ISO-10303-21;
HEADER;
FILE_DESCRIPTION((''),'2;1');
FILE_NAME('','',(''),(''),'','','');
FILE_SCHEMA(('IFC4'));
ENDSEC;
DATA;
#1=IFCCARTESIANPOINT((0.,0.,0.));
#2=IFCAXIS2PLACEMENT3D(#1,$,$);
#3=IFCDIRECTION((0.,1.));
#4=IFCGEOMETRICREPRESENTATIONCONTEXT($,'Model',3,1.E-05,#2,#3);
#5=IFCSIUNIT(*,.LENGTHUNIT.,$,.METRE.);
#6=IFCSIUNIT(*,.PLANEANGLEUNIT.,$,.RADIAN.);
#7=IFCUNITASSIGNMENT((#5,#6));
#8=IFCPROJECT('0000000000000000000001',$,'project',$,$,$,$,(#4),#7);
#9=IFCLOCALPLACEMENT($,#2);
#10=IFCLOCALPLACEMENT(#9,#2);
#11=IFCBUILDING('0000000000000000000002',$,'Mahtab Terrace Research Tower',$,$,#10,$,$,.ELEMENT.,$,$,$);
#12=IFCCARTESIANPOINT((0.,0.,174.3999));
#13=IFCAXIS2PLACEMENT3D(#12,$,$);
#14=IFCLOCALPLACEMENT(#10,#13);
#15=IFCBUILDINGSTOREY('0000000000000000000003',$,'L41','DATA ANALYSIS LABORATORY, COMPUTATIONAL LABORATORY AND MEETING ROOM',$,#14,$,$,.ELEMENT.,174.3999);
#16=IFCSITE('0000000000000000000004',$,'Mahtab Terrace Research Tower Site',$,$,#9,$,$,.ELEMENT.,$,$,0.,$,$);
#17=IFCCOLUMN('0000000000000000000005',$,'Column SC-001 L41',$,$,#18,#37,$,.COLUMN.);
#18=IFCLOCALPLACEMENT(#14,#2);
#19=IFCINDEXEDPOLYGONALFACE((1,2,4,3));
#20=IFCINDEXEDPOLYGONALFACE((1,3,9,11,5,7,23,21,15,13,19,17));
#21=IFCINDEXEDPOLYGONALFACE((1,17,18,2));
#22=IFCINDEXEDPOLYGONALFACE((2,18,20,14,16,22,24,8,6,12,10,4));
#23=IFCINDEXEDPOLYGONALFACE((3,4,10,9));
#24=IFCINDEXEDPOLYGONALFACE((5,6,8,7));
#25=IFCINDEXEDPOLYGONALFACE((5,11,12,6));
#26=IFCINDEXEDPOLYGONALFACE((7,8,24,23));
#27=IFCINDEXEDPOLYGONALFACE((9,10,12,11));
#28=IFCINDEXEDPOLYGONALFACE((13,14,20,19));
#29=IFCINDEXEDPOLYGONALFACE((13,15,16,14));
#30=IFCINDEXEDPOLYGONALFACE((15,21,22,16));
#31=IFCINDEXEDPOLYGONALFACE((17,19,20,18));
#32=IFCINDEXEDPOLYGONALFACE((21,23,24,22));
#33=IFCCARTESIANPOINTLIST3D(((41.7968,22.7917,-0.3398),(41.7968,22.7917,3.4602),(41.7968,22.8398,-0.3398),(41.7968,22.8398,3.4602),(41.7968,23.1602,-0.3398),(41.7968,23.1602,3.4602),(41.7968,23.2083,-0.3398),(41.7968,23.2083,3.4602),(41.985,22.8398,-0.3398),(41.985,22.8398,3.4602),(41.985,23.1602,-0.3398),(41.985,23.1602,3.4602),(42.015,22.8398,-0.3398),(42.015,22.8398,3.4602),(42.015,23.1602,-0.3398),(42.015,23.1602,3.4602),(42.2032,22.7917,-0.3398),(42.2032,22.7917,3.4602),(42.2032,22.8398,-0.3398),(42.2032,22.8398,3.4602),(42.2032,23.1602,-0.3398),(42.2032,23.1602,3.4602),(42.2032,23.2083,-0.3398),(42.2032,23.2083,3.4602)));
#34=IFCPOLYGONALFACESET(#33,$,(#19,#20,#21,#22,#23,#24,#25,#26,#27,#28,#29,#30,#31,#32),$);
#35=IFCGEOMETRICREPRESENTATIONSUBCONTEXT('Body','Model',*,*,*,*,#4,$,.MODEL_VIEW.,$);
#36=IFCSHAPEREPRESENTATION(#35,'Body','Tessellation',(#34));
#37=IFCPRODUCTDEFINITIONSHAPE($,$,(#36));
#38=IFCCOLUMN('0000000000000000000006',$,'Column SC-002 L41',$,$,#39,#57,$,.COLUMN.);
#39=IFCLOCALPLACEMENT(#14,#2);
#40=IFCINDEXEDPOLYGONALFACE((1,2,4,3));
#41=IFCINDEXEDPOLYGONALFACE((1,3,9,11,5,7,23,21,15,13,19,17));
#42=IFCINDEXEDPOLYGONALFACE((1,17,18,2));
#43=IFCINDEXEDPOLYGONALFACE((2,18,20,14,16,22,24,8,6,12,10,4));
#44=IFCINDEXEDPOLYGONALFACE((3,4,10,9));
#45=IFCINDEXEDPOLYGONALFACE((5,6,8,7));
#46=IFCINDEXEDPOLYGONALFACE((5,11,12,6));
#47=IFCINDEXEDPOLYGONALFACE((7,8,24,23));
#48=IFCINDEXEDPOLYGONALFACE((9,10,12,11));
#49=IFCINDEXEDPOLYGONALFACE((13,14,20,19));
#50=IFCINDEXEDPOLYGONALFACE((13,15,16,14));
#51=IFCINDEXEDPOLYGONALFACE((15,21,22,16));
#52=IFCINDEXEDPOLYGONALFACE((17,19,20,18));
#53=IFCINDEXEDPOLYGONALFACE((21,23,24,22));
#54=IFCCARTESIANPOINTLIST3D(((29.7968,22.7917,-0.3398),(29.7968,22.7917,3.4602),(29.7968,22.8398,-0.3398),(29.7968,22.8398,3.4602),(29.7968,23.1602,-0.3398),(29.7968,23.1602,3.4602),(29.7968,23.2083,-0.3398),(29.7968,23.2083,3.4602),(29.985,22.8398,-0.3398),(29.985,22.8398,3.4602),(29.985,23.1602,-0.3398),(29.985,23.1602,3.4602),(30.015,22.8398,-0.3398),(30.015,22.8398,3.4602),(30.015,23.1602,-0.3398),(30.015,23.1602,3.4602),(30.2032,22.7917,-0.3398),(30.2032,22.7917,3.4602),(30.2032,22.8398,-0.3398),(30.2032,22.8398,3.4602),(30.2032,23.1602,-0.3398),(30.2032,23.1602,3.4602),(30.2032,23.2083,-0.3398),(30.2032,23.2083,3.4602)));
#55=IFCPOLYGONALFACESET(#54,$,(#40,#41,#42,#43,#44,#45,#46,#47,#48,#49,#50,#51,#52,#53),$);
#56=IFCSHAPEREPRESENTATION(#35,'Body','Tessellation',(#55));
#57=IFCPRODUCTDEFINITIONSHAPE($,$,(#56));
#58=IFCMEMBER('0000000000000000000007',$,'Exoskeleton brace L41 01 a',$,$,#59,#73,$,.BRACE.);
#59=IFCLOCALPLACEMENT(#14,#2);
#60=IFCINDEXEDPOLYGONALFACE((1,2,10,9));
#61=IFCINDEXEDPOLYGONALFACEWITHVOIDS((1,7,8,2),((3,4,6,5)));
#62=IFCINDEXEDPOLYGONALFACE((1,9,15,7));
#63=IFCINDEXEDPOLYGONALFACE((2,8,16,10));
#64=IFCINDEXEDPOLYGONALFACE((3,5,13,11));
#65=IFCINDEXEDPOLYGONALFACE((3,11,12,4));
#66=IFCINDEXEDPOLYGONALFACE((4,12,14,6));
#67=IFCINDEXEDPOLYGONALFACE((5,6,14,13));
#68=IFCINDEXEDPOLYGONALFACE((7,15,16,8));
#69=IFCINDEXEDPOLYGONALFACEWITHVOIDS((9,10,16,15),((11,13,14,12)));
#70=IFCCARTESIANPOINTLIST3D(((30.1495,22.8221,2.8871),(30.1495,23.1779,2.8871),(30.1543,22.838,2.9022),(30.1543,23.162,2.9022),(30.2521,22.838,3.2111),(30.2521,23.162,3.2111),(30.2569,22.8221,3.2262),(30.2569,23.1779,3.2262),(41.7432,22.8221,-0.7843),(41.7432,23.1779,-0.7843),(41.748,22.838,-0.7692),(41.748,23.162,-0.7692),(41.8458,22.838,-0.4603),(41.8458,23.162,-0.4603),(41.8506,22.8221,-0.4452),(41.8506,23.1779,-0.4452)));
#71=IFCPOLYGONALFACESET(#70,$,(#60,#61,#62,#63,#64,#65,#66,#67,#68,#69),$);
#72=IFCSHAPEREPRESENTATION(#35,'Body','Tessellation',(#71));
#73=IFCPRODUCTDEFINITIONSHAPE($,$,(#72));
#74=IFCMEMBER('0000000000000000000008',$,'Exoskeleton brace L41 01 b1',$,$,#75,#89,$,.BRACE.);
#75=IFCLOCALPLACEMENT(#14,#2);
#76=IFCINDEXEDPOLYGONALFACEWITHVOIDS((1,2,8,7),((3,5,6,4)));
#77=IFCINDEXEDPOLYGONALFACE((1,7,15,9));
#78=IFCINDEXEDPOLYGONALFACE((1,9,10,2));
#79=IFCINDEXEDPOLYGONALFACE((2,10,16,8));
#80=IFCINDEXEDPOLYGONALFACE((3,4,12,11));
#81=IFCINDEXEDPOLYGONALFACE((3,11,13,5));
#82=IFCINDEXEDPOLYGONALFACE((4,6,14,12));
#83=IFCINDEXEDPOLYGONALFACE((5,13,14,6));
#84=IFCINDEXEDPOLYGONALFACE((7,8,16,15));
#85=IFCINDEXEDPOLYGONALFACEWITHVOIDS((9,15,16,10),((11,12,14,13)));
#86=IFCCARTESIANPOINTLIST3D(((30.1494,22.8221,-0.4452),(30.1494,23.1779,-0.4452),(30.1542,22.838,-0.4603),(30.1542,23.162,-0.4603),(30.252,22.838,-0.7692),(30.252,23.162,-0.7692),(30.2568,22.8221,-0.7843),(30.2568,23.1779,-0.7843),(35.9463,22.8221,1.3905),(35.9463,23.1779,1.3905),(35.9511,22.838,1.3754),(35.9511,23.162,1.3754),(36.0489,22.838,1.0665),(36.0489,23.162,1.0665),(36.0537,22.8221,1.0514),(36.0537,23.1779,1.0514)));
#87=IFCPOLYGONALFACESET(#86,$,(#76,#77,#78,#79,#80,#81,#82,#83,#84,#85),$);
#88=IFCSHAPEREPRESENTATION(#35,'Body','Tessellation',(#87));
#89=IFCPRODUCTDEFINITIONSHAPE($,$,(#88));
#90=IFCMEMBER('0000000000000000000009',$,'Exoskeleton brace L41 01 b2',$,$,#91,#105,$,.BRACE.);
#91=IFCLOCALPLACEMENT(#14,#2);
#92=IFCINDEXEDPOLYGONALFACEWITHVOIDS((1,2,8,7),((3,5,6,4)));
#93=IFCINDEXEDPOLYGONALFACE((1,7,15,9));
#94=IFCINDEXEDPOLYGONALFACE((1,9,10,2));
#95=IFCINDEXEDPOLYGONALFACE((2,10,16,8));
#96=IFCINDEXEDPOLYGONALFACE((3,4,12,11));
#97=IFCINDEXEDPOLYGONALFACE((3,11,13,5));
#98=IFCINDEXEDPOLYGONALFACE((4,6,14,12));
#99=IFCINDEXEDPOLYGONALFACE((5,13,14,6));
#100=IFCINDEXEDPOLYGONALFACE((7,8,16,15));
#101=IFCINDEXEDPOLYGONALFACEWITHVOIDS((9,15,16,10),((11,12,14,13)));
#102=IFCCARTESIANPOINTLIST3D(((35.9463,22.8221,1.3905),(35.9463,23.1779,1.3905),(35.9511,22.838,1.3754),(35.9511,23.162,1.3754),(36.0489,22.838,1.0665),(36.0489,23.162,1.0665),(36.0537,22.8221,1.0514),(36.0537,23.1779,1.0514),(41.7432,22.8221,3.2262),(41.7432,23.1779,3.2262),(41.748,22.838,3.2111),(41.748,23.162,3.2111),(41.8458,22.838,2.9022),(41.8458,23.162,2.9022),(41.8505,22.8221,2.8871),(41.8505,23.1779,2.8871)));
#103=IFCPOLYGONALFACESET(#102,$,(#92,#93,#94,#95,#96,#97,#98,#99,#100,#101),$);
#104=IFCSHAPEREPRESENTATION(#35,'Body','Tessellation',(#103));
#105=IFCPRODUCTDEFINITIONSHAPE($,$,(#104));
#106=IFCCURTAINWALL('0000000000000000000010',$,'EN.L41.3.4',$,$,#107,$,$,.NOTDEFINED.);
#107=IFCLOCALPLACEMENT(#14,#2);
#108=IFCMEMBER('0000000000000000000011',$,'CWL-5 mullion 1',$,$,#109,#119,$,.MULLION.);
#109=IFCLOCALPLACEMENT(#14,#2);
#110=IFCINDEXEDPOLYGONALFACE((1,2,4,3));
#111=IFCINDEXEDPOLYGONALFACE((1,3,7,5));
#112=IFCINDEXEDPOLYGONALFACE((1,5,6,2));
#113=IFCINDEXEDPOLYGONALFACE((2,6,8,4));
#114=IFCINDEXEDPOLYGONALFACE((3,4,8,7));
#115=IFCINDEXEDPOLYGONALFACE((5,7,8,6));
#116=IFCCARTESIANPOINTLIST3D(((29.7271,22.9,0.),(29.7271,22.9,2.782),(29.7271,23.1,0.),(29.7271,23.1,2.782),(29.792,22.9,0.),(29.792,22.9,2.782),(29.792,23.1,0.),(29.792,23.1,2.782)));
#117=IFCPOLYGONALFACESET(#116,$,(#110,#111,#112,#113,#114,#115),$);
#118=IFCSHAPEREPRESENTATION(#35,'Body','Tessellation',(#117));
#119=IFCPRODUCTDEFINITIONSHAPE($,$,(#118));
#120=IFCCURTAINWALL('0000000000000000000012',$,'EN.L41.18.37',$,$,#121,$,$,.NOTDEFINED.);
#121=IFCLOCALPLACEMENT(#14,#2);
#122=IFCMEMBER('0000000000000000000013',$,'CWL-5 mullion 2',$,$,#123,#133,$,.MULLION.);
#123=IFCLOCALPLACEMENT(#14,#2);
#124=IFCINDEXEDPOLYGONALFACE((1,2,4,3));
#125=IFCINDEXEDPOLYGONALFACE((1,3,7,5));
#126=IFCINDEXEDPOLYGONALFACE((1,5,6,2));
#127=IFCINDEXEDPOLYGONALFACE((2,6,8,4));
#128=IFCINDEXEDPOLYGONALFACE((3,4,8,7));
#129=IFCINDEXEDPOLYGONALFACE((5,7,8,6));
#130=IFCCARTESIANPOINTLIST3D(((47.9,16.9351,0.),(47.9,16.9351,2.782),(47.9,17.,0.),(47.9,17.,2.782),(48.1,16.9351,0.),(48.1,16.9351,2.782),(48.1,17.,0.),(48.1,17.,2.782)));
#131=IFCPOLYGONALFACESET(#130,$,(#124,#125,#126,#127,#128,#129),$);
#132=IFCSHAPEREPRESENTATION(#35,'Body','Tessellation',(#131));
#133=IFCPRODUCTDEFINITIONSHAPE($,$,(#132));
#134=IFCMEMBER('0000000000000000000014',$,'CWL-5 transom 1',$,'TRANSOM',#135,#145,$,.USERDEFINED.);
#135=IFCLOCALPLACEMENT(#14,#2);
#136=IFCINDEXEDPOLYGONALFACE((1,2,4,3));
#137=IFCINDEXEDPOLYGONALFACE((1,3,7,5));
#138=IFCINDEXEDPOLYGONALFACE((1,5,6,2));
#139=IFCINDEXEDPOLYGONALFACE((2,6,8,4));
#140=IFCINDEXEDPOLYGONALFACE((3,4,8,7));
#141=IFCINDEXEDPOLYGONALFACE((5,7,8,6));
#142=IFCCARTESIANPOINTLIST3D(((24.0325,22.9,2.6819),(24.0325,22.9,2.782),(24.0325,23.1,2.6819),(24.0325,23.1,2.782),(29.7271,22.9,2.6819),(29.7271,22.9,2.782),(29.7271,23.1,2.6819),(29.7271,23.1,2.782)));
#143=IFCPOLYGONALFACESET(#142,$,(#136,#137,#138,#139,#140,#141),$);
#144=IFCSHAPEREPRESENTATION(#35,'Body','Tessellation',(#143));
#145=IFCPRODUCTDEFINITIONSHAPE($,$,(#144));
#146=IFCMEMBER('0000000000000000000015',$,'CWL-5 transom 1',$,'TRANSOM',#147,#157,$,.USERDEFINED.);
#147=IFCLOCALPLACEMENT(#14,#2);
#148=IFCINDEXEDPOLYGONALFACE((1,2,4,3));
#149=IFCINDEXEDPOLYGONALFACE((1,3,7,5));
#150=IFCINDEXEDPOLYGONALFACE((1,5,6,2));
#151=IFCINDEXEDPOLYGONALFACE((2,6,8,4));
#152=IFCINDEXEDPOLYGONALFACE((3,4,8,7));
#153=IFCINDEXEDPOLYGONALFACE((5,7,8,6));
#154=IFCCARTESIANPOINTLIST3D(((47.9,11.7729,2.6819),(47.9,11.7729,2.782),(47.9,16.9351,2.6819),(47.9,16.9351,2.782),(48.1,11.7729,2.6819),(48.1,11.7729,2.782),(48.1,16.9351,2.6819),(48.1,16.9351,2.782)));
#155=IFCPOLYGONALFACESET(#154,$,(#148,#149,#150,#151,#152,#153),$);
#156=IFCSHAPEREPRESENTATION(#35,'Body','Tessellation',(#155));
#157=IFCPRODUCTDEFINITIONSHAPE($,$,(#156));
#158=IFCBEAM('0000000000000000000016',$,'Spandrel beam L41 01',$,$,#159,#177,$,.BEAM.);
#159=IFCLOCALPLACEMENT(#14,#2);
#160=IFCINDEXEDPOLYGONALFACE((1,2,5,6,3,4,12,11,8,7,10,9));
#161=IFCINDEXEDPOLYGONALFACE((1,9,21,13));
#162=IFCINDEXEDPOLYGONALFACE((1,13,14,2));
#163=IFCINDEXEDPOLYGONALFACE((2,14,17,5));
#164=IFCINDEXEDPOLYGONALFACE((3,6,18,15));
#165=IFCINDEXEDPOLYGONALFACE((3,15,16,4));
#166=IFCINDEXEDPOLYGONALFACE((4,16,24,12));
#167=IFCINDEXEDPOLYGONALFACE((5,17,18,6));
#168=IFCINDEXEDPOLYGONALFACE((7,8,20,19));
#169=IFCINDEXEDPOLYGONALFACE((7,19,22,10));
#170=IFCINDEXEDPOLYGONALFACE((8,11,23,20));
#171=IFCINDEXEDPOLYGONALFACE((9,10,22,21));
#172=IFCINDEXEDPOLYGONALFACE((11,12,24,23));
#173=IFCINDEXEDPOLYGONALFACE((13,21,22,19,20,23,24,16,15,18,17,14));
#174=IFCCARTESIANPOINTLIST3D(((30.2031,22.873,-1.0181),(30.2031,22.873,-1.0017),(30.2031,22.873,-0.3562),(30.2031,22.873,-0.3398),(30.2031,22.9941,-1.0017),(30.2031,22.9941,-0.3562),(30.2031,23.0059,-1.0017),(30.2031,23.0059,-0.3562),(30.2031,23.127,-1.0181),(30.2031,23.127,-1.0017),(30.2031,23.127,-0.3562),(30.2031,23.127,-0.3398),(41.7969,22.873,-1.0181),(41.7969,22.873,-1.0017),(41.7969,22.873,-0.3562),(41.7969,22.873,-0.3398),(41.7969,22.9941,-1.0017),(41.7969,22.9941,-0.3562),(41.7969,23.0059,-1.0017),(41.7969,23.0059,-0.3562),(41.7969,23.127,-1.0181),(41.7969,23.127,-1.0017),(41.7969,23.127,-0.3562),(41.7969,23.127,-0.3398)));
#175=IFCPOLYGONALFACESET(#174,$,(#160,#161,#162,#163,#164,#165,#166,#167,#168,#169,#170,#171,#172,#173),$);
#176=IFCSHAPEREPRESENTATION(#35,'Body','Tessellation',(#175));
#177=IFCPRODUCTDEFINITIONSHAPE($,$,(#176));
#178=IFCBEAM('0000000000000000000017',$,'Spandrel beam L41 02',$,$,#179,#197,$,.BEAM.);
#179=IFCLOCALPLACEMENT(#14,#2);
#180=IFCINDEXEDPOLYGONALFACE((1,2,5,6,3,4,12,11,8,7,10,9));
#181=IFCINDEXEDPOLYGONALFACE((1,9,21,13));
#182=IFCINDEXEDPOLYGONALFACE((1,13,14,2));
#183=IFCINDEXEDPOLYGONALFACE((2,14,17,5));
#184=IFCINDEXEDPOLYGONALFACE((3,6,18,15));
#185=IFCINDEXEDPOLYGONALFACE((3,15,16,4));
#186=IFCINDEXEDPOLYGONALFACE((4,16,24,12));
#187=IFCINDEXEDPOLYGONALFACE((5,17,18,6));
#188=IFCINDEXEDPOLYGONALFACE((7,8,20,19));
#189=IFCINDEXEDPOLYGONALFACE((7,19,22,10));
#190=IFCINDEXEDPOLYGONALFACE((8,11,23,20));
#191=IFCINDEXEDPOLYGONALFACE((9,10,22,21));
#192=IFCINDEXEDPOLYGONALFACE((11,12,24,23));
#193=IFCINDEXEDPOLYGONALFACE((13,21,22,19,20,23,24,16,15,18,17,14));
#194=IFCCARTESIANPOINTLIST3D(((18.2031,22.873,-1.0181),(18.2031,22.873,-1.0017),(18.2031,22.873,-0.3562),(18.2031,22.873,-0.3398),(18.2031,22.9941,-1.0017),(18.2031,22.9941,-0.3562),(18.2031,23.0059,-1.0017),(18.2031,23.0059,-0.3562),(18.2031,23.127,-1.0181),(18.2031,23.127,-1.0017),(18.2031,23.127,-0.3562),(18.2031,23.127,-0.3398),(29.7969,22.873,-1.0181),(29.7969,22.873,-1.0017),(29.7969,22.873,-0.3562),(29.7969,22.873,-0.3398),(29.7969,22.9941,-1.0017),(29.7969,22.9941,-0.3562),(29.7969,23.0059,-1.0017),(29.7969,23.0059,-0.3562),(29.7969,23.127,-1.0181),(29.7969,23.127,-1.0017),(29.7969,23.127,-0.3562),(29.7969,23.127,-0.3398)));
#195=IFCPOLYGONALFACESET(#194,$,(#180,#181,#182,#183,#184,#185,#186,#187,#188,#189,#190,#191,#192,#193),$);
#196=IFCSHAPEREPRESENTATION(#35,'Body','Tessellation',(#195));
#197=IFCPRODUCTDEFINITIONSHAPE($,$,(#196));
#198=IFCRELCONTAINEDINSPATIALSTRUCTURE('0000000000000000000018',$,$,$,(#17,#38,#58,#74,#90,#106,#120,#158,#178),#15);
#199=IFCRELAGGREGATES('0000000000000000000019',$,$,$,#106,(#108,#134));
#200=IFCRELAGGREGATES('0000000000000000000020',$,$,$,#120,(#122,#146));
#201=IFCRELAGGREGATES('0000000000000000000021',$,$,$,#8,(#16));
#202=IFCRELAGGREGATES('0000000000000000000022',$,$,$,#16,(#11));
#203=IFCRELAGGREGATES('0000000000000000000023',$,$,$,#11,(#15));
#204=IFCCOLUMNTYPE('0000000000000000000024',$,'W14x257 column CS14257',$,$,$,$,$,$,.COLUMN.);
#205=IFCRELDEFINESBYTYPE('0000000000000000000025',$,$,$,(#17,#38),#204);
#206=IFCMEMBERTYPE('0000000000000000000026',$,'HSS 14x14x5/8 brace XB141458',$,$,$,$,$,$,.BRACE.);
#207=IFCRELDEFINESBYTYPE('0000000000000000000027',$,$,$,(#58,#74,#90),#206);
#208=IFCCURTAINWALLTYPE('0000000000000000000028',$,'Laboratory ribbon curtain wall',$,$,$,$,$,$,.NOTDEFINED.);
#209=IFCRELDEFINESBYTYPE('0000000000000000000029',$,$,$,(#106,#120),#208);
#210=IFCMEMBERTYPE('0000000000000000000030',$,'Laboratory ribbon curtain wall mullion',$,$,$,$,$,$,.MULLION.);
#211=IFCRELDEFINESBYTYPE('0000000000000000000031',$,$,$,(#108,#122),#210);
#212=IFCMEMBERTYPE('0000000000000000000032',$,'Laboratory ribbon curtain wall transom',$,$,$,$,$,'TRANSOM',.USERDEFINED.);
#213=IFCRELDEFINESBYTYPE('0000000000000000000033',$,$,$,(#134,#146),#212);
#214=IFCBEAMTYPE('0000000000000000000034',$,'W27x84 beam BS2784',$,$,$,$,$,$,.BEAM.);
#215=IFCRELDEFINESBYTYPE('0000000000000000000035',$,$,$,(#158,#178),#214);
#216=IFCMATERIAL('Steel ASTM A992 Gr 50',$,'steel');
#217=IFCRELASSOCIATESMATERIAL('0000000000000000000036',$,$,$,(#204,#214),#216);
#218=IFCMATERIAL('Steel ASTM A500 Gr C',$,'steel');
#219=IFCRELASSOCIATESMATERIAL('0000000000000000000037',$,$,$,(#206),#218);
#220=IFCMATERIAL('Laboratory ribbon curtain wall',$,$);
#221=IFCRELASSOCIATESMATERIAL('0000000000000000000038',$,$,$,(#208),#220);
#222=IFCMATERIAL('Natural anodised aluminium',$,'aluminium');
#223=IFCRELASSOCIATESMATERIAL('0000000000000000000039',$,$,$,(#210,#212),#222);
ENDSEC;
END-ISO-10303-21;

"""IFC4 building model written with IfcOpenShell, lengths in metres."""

from ifc_helpers import new_model, si_unit, direction, frame, origin, origin_2d, place, context, subcontext, project, spatial, rectangle, hollow_rectangle, i_section, extrude, material, material_profile, profile_set, type_object, element, aggregate, save


model = new_model("IFC4")

# Units and contexts
model_context = context("Model", 3, precision=1e-05, world=origin(), true_north=direction((0.0, 1.0)))
body_context = subcontext(model_context, "Body", "Model", "MODEL_VIEW")
ifc_project = project(units=[si_unit("LENGTHUNIT", "METRE"), si_unit("PLANEANGLEUNIT", "RADIAN")], contexts=[model_context])

# Site, building, storey
site_placement = place(None, origin())
site = spatial("IfcSite", under=ifc_project, at=site_placement, Name="Mahtab Terrace Research Tower Site", CompositionType="ELEMENT", RefElevation=0.0)
building_placement = place(site_placement, origin())
building = spatial("IfcBuilding", under=site, at=building_placement, Name="Mahtab Terrace Research Tower", CompositionType="ELEMENT")
storey_placement = place(building_placement, frame((0.0, 0.0, 174.3999)))
storey = spatial("IfcBuildingStorey", under=building, at=storey_placement, Name="L41", Description="DATA ANALYSIS LABORATORY, COMPUTATIONAL LABORATORY AND MEETING ROOM", CompositionType="ELEMENT", Elevation=174.3999)

# Columns
ifc_material_1 = material(Name="Steel ASTM A992 Gr 50", Category="steel")
ifc_material_profile_1 = material_profile(ifc_material_1, i_section(OverallWidth=0.4065, OverallDepth=0.4165, WebThickness=0.03, FlangeThickness=0.0481, at=origin_2d()), Name="W14X257")
ifc_profile_set_1 = profile_set([ifc_material_profile_1], Name="Steel ASTM A992 Gr 50")
column_type = type_object("IfcColumnType", Name="W14x257 column CS14257", PredefinedType="COLUMN", material=ifc_profile_set_1)
for number, where, z_axis, x_axis, name in (
    (1, (42.0, 23.0, -0.3398), (0.0, 0.0, 1.0), (1.0, 0.0, 0.0), "Column SC-001 L41"),
    (2, (30.0, 23.0, -0.3398), (0.0, 0.0, 1.0), (1.0, 0.0, 0.0), "Column SC-002 L41"),
):
    element("IfcColumn", number, at=place(storey_placement, frame(where, z_axis=z_axis, x_axis=x_axis)), inside=storey, type_object=column_type, Name=name, PredefinedType="COLUMN", context=body_context, shape_type="SweptSolid", body=[
        extrude(i_section(OverallWidth=0.4065, OverallDepth=0.4165, WebThickness=0.03, FlangeThickness=0.0481, at=origin_2d()), origin(), (0.0, 0.0, 1.0), 3.8),
    ])

# Members
ifc_material_2 = material(Name="Steel ASTM A500 Gr C", Category="steel")
ifc_material_profile_2 = material_profile(ifc_material_2, hollow_rectangle(XDim=0.3557, YDim=0.3557, WallThickness=0.0159, at=origin_2d()), Name="HSS14X14X5/8")
ifc_profile_set_2 = profile_set([ifc_material_profile_2], Name="Steel ASTM A500 Gr C")
member_type_1 = type_object("IfcMemberType", Name="HSS 14x14x5/8 brace XB141458", PredefinedType="BRACE", material=ifc_profile_set_2)
member_1_placement = place(storey_placement, frame((41.7969, 23.0, -0.6147), z_axis=(-0.953341, 0.0, 0.301894), x_axis=(0.0, -1.0, 0.0)))
element("IfcMember", 3, at=member_1_placement, inside=storey, type_object=member_type_1, Name="Exoskeleton brace L41 01 a", PredefinedType="BRACE", context=body_context, shape_type="SweptSolid", body=[
    extrude(hollow_rectangle(XDim=0.3557, YDim=0.3557, WallThickness=0.0159, at=origin_2d()), origin(), (0.0, 0.0, 1.0), 12.1611),
])
for number, where, z_axis, x_axis, name in (
    (4, (30.2031, 23.0, -0.6147), (0.953341, 0.0, 0.301894), (0.0, 1.0, 0.0), "Exoskeleton brace L41 01 b1"),
    (5, (36.0, 23.0, 1.2209), (0.953341, 0.0, 0.301894), (0.0, 1.0, 0.0), "Exoskeleton brace L41 01 b2"),
):
    element("IfcMember", number, at=place(storey_placement, frame(where, z_axis=z_axis, x_axis=x_axis)), inside=storey, type_object=member_type_1, Name=name, PredefinedType="BRACE", context=body_context, shape_type="SweptSolid", body=[
        extrude(hollow_rectangle(XDim=0.3557, YDim=0.3557, WallThickness=0.0159, at=origin_2d()), origin(), (0.0, 0.0, 1.0), 6.0806),
    ])

# Curtain walls, members
ifc_material_3 = material(Name="Laboratory ribbon curtain wall")
curtain_wall_type = type_object("IfcCurtainWallType", Name="Laboratory ribbon curtain wall", PredefinedType="NOTDEFINED", material=ifc_material_3)
curtain_wall_1_placement = place(storey_placement, origin())
curtain_wall_1 = element("IfcCurtainWall", 6, at=curtain_wall_1_placement, inside=storey, type_object=curtain_wall_type, Name="EN.L41.3.4", PredefinedType="NOTDEFINED")
ifc_material_4 = material(Name="Natural anodised aluminium", Category="aluminium")
ifc_material_profile_3 = material_profile(ifc_material_4, rectangle(XDim=0.2, YDim=0.0649, at=origin_2d()), Name="MULLION 65x200")
ifc_profile_set_3 = profile_set([ifc_material_profile_3], Name="Natural anodised aluminium")
member_type_2 = type_object("IfcMemberType", Name="Laboratory ribbon curtain wall mullion", PredefinedType="MULLION", material=ifc_profile_set_3)
member_2_placement = place(storey_placement, frame((29.7595, 23.0, 0.0), z_axis=(0.0, 0.0, 1.0), x_axis=(0.0, -1.0, 0.0)))
member_2 = element("IfcMember", 7, at=member_2_placement, type_object=member_type_2, Name="CWL-5 mullion 1", PredefinedType="MULLION", context=body_context, shape_type="SweptSolid", body=[
    extrude(rectangle(XDim=0.2, YDim=0.0649, at=origin_2d()), origin(), (0.0, 0.0, 1.0), 2.782),
])
curtain_wall_2_placement = place(storey_placement, origin())
curtain_wall_2 = element("IfcCurtainWall", 8, at=curtain_wall_2_placement, inside=storey, type_object=curtain_wall_type, Name="EN.L41.18.37", PredefinedType="NOTDEFINED")
member_3_placement = place(storey_placement, frame((48.0, 16.9675, 0.0), z_axis=(0.0, 0.0, 1.0), x_axis=(-1.0, 0.0, 0.0)))
member_3 = element("IfcMember", 9, at=member_3_placement, type_object=member_type_2, Name="CWL-5 mullion 2", PredefinedType="MULLION", context=body_context, shape_type="SweptSolid", body=[
    extrude(rectangle(XDim=0.2, YDim=0.0649, at=origin_2d()), origin(), (0.0, 0.0, 1.0), 2.782),
])

# Members
ifc_material_profile_4 = material_profile(ifc_material_4, rectangle(XDim=0.2, YDim=0.1001, at=origin_2d()), Name="TRANSOM 100x200")
ifc_profile_set_4 = profile_set([ifc_material_profile_4], Name="Natural anodised aluminium")
member_type_3 = type_object("IfcMemberType", Name="Laboratory ribbon curtain wall transom", ElementType="TRANSOM", PredefinedType="USERDEFINED", material=ifc_profile_set_4)
member_4_placement = place(storey_placement, frame((29.7271, 23.0, 2.7319), z_axis=(-1.0, 0.0, 0.0), x_axis=(0.0, -1.0, 0.0)))
member_4 = element("IfcMember", 10, at=member_4_placement, type_object=member_type_3, Name="CWL-5 transom 1", ObjectType="TRANSOM", PredefinedType="USERDEFINED", context=body_context, shape_type="SweptSolid", body=[
    extrude(rectangle(XDim=0.2, YDim=0.1001, at=origin_2d()), origin(), (0.0, 0.0, 1.0), 5.6946),
])
member_5_placement = place(storey_placement, frame((48.0, 11.7729, 2.7319), z_axis=(0.0, 1.0, 0.0), x_axis=(-1.0, 0.0, 0.0)))
member_5 = element("IfcMember", 11, at=member_5_placement, type_object=member_type_3, Name="CWL-5 transom 1", ObjectType="TRANSOM", PredefinedType="USERDEFINED", context=body_context, shape_type="SweptSolid", body=[
    extrude(rectangle(XDim=0.2, YDim=0.1001, at=origin_2d()), origin(), (0.0, 0.0, 1.0), 5.1621),
])

# Beams
ifc_material_profile_5 = material_profile(ifc_material_1, i_section(OverallWidth=0.2539, OverallDepth=0.6782, WebThickness=0.0117, FlangeThickness=0.0164, at=origin_2d()), Name="W27X84")
ifc_profile_set_5 = profile_set([ifc_material_profile_5], Name="Steel ASTM A992 Gr 50")
beam_type = type_object("IfcBeamType", Name="W27x84 beam BS2784", PredefinedType="BEAM", material=ifc_profile_set_5)
for number, where, z_axis, x_axis, name in (
    (12, (41.7969, 23.0, -0.679), (-1.0, 0.0, 0.0), (0.0, -1.0, 0.0), "Spandrel beam L41 01"),
    (13, (29.7969, 23.0, -0.679), (-1.0, 0.0, 0.0), (0.0, -1.0, 0.0), "Spandrel beam L41 02"),
):
    element("IfcBeam", number, at=place(storey_placement, frame(where, z_axis=z_axis, x_axis=x_axis)), inside=storey, type_object=beam_type, Name=name, PredefinedType="BEAM", context=body_context, shape_type="SweptSolid", body=[
        extrude(i_section(OverallWidth=0.2539, OverallDepth=0.6782, WebThickness=0.0117, FlangeThickness=0.0164, at=origin_2d()), origin(), (0.0, 0.0, 1.0), 11.5938),
    ])

aggregate(curtain_wall_1, [member_2, member_4])
aggregate(curtain_wall_2, [member_3, member_5])

save(model, "model.ifc")
